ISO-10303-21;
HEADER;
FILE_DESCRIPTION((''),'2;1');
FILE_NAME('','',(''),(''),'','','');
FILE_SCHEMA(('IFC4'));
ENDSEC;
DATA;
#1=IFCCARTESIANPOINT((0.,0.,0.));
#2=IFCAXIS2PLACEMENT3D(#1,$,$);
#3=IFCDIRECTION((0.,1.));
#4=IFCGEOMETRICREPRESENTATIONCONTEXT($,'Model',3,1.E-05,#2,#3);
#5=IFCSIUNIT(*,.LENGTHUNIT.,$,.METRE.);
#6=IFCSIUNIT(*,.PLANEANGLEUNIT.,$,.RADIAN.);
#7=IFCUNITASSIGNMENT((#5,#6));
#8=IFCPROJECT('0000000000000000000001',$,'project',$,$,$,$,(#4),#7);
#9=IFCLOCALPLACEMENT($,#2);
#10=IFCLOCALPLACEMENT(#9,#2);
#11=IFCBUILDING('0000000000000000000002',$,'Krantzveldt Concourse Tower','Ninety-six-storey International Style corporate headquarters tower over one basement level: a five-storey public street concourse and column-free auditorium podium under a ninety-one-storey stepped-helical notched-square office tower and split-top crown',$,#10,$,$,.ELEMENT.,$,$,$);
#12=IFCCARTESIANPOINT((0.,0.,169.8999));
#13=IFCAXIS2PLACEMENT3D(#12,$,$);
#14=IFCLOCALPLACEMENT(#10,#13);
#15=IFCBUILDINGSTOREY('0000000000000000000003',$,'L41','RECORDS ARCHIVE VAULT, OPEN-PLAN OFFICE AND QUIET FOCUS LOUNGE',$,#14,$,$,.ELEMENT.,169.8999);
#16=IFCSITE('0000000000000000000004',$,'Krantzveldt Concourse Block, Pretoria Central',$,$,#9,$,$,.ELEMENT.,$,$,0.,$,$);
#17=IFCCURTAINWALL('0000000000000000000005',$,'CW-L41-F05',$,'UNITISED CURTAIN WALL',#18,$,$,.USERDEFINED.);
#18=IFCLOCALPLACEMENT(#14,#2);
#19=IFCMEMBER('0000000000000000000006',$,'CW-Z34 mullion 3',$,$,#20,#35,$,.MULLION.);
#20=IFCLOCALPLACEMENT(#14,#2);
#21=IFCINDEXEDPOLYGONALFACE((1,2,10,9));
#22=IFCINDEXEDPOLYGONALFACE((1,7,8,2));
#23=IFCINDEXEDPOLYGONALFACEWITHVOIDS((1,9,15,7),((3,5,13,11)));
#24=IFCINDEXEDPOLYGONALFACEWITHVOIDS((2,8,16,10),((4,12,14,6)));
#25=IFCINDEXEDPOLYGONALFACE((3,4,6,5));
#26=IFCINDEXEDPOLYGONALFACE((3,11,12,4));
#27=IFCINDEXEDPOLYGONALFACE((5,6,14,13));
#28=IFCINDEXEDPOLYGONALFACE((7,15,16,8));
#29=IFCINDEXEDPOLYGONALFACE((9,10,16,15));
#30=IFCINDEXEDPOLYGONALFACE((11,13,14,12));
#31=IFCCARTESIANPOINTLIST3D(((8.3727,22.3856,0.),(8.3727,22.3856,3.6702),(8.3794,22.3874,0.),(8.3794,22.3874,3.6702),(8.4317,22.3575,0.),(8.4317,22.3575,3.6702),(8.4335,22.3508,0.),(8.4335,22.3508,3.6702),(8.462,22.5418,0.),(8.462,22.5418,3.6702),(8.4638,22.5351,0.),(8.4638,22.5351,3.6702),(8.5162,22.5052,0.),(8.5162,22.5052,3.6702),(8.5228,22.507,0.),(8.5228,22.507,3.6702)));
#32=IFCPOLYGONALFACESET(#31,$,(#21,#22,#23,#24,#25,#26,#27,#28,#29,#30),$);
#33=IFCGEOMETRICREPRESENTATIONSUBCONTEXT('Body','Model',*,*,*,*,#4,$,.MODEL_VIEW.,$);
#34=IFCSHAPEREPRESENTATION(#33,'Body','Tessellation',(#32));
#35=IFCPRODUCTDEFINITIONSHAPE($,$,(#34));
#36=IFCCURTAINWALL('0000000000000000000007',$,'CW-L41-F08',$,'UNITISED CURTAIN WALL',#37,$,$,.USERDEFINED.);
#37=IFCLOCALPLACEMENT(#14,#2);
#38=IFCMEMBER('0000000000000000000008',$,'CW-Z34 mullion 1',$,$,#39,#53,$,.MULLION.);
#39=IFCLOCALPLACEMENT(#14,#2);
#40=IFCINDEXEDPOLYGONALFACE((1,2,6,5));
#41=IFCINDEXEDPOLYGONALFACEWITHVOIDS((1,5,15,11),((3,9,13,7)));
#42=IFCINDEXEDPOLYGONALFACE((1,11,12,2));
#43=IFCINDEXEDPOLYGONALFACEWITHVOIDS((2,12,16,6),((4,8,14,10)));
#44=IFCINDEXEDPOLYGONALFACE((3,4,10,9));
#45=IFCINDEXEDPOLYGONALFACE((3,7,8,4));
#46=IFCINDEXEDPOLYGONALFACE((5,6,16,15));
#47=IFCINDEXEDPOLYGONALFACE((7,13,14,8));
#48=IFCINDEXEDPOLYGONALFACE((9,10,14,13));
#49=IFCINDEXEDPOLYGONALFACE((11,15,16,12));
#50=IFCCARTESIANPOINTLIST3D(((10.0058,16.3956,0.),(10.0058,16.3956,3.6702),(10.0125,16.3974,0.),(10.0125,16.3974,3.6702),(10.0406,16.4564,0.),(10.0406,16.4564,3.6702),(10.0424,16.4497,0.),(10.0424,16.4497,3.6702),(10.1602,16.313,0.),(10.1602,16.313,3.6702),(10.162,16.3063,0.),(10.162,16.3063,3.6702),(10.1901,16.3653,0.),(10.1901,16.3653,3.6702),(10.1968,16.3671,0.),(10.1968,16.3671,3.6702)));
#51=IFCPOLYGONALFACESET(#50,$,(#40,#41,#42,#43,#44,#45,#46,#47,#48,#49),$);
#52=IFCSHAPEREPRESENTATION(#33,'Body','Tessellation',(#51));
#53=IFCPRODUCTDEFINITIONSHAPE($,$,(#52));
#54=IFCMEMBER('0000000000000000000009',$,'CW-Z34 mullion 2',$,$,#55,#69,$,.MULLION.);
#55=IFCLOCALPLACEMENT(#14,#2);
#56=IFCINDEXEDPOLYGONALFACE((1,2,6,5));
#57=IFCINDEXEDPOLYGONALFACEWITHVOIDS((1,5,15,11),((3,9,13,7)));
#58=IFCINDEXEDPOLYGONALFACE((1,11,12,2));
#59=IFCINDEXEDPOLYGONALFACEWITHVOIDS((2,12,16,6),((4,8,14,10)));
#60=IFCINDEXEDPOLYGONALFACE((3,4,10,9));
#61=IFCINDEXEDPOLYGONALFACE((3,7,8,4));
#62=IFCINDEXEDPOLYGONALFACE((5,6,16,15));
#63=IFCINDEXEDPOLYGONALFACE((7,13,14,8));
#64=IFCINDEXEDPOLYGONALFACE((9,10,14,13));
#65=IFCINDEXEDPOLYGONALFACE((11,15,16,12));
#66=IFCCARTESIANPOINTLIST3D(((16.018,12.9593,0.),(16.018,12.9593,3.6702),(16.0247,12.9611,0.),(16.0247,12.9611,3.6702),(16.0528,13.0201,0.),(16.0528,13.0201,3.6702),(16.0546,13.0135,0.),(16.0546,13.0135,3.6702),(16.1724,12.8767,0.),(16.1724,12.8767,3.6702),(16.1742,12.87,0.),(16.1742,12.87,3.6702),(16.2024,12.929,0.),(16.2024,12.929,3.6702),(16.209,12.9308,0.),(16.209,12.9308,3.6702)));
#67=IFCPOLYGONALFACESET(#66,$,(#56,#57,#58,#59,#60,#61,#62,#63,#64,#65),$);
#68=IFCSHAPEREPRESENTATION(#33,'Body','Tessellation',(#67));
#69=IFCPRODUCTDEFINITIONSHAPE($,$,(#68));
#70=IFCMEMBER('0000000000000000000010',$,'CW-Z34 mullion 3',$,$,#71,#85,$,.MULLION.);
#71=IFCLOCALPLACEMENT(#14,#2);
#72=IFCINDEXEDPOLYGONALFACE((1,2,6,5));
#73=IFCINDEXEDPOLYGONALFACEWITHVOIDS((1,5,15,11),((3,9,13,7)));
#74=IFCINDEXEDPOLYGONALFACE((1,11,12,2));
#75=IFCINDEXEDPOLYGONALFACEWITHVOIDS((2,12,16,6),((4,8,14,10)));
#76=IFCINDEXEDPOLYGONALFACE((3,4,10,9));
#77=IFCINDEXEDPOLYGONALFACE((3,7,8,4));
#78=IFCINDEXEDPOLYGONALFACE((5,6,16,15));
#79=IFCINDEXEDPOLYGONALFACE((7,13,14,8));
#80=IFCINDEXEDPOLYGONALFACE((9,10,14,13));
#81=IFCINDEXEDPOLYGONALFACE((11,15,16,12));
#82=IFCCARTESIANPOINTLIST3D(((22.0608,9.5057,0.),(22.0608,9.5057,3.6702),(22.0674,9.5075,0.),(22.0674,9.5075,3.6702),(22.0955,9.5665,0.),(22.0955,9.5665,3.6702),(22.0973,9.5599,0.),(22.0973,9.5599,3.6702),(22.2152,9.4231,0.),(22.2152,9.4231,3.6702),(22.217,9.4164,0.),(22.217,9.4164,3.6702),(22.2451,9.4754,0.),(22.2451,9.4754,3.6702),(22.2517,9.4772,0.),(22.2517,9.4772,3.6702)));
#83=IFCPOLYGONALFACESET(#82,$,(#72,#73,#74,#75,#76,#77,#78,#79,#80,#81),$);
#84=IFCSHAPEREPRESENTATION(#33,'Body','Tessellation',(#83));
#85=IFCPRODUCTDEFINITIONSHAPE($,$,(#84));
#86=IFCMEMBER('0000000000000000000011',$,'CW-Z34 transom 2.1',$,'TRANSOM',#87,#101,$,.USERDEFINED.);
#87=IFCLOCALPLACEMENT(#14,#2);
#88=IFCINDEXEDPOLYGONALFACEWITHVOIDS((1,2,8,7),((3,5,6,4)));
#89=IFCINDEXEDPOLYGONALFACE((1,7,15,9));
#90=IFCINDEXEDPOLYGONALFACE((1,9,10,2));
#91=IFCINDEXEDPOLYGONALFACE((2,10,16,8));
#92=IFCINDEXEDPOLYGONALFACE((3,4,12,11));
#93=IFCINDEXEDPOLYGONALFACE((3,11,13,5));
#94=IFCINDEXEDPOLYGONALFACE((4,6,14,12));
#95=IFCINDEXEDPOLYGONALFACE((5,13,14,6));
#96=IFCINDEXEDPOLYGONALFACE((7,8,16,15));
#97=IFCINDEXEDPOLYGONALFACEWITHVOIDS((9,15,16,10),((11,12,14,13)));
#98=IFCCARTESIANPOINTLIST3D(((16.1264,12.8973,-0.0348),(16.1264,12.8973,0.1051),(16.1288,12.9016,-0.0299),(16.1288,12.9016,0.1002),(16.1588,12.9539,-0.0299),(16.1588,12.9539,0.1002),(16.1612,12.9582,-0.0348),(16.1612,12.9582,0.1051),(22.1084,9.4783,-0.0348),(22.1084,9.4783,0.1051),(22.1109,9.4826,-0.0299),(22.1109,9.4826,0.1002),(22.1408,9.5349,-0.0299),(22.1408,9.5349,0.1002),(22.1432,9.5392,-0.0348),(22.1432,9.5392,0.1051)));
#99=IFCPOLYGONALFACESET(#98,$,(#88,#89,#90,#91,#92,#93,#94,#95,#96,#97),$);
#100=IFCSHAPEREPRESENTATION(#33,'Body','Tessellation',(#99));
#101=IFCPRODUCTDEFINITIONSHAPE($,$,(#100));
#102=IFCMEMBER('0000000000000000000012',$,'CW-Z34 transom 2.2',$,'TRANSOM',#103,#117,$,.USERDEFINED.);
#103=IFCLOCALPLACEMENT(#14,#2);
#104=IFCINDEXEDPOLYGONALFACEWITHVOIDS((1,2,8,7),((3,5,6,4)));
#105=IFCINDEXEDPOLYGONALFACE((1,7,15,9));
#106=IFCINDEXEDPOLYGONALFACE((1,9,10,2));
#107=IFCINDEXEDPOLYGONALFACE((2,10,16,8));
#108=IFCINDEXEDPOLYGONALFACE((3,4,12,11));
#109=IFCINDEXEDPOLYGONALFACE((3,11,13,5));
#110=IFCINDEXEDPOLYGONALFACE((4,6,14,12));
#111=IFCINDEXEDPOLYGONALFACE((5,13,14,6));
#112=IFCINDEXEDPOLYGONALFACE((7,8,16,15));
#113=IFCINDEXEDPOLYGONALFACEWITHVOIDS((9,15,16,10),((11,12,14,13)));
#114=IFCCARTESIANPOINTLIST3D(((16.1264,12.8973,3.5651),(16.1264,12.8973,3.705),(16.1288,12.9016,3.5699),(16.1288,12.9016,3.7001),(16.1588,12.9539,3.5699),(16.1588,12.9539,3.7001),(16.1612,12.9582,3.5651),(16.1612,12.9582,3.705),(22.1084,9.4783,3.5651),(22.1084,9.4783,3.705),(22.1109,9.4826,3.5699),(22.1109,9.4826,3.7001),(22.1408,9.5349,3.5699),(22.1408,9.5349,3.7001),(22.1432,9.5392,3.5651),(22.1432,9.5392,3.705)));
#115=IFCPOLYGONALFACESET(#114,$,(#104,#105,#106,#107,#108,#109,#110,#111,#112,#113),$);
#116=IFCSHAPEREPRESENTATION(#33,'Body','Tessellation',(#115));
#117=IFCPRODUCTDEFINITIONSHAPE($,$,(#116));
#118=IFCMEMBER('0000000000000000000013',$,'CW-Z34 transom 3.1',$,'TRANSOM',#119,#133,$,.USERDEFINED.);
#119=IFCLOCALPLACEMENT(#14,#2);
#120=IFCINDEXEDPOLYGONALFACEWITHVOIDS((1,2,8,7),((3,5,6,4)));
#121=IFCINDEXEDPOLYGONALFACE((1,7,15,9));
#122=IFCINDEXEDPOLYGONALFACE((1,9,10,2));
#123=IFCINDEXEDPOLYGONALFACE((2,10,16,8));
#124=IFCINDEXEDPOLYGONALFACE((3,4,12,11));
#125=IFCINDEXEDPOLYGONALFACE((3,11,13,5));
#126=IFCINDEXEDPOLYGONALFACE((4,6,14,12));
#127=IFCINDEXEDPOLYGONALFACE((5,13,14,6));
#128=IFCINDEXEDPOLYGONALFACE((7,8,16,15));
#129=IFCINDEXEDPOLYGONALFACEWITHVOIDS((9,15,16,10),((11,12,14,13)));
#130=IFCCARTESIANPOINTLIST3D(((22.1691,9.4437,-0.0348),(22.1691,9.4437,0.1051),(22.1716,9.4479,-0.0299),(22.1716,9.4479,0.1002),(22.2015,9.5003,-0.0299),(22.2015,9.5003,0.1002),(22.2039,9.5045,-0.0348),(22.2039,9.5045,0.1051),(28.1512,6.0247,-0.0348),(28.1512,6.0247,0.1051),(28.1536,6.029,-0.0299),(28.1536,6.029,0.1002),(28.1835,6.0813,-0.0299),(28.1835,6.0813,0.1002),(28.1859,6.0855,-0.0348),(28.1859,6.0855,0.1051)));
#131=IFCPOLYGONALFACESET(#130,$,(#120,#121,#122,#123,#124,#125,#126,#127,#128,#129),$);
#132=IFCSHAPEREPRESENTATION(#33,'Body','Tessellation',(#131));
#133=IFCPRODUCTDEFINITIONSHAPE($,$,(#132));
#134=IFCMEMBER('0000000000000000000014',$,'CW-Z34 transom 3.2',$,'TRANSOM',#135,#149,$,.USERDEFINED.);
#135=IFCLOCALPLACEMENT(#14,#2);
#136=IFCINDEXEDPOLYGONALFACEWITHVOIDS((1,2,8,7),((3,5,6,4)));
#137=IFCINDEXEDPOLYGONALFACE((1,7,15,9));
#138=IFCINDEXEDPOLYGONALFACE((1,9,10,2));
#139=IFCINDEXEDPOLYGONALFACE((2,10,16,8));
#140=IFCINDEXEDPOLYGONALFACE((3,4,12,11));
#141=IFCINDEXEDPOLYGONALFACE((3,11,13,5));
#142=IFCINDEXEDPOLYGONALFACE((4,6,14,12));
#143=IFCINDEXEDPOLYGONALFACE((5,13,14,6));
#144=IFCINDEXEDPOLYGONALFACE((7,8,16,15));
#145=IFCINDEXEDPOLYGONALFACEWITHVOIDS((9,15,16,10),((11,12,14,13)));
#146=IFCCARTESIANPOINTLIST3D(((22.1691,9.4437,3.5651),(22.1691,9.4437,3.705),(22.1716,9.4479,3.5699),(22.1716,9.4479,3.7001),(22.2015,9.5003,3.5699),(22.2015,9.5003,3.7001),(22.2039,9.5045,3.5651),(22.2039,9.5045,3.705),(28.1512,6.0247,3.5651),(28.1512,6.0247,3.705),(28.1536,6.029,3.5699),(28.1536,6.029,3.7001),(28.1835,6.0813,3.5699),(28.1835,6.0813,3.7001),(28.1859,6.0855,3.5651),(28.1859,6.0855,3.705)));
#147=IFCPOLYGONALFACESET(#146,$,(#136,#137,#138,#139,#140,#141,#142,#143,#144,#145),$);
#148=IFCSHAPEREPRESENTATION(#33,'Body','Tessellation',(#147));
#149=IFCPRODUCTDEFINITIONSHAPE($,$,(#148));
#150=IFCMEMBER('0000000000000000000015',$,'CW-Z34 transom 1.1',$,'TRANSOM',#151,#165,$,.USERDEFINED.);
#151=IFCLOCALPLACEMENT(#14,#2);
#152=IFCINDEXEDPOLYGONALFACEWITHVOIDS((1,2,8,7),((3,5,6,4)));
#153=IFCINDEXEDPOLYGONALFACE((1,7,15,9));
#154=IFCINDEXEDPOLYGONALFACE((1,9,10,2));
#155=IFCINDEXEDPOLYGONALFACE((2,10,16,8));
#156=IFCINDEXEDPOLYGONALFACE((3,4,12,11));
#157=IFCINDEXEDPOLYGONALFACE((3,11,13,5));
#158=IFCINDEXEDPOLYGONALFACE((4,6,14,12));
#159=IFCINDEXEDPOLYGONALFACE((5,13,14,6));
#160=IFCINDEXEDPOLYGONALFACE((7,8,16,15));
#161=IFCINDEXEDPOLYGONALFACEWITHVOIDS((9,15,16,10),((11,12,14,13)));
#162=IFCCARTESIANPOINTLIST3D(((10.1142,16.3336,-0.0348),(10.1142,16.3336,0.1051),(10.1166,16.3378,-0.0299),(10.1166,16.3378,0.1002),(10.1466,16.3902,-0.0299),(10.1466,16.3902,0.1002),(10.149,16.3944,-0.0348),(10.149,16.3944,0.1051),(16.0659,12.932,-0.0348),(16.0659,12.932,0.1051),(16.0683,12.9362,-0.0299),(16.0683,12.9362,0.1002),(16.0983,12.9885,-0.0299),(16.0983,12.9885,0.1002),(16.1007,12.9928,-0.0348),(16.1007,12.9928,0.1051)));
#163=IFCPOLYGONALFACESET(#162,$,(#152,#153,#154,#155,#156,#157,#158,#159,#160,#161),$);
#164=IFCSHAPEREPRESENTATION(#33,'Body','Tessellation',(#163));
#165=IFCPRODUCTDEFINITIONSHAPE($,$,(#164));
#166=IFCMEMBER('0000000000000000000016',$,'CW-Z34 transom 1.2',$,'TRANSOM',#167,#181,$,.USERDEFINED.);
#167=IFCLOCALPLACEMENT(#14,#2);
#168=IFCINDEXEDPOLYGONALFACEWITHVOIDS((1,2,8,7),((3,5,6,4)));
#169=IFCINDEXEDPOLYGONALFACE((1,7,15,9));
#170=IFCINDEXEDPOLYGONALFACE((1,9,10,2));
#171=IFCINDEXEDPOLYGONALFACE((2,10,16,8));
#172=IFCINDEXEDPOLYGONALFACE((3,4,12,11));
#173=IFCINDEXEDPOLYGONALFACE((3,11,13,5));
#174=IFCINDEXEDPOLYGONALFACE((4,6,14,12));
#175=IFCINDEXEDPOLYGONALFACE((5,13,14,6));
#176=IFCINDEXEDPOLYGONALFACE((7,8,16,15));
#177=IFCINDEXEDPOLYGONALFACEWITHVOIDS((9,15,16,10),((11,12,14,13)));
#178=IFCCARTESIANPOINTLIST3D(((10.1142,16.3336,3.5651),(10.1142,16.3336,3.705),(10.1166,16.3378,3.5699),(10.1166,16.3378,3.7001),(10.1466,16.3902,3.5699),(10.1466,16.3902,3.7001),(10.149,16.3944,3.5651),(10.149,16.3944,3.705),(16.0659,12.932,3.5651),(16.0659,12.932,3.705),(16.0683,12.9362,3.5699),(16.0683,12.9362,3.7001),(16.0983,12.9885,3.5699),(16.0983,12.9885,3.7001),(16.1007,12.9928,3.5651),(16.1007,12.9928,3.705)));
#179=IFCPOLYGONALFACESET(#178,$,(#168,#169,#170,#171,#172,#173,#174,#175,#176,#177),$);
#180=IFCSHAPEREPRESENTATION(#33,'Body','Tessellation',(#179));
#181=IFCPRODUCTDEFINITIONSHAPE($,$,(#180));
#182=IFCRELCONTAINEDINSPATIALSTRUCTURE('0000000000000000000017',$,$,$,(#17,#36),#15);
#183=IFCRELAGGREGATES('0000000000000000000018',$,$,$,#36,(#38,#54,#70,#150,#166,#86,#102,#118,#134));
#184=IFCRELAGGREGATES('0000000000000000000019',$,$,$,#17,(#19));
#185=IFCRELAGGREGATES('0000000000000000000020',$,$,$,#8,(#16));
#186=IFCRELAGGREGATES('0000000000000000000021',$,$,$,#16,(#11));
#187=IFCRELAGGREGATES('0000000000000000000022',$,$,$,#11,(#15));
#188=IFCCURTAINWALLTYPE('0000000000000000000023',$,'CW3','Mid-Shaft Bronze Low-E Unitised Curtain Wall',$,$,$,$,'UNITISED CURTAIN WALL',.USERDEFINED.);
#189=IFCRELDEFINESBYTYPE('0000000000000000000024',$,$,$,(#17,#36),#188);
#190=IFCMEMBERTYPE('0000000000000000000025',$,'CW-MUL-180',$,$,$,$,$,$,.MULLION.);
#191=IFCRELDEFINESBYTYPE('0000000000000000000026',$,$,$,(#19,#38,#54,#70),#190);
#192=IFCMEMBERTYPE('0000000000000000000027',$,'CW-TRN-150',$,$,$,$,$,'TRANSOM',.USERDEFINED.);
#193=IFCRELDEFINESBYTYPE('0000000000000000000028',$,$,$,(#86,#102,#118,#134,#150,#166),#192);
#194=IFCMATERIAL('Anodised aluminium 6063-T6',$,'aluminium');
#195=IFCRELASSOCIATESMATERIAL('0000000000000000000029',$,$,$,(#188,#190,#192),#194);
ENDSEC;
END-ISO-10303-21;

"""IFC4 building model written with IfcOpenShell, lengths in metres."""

from ifc_helpers import new_model, si_unit, direction, frame, origin, origin_2d, place, context, subcontext, project, spatial, hollow_rectangle, extrude, source, transform, mapped, material, material_profile, profile_set, type_object, type_shapes, element, aggregate, save


model = new_model("IFC4")

# Units and contexts
model_context = context("Model", 3, precision=1e-05, world=origin(), true_north=direction((0.0, 1.0)))
body_context = subcontext(model_context, "Body", "Model", "MODEL_VIEW")
ifc_project = project(units=[si_unit("LENGTHUNIT", "METRE"), si_unit("PLANEANGLEUNIT", "RADIAN")], contexts=[model_context])

# Site, building, storey
site_placement = place(None, origin())
site = spatial("IfcSite", under=ifc_project, at=site_placement, Name="Krantzveldt Concourse Block, Pretoria Central", CompositionType="ELEMENT", RefElevation=0.0)
building_placement = place(site_placement, origin())
building = spatial("IfcBuilding", under=site, at=building_placement, Name="Krantzveldt Concourse Tower", Description="Ninety-six-storey International Style corporate headquarters tower over one basement level: a five-storey public street concourse and column-free auditorium podium under a ninety-one-storey stepped-helical notched-square office tower and split-top crown", CompositionType="ELEMENT")
storey_placement = place(building_placement, frame((0.0, 0.0, 169.8999)))
storey = spatial("IfcBuildingStorey", under=building, at=storey_placement, Name="L41", Description="RECORDS ARCHIVE VAULT, OPEN-PLAN OFFICE AND QUIET FOCUS LOUNGE", CompositionType="ELEMENT", Elevation=169.8999)

# Curtain wall, member
ifc_material_1 = material(Name="Anodised aluminium 6063-T6", Category="aluminium")
curtain_wall_type = type_object("IfcCurtainWallType", Name="CW3", Description="Mid-Shaft Bronze Low-E Unitised Curtain Wall", ElementType="UNITISED CURTAIN WALL", PredefinedType="USERDEFINED", material=ifc_material_1)
curtain_wall_1_placement = place(storey_placement, origin())
curtain_wall_1 = element("IfcCurtainWall", 1, at=curtain_wall_1_placement, inside=storey, type_object=curtain_wall_type, Name="CW-L41-F05", ObjectType="UNITISED CURTAIN WALL", PredefinedType="USERDEFINED")
ifc_material_profile_1 = material_profile(ifc_material_1, hollow_rectangle(XDim=0.0701, YDim=0.1799, WallThickness=0.0049, at=origin_2d()), Name="Anodised aluminium 6063-T6", Category="aluminium")
ifc_profile_set_1 = profile_set([ifc_material_profile_1], Name="Anodised aluminium 6063-T6 - ALU-MULL 180x70x5")
member_type_1 = type_object("IfcMemberType", Name="CW-MUL-180", PredefinedType="MULLION", material=ifc_profile_set_1)
shared_shape_1 = source(origin(), body_context, "Body", "SweptSolid", [
    extrude(hollow_rectangle(XDim=0.0701, YDim=0.1799, WallThickness=0.0049, at=origin_2d()), origin(), (0.0, 0.0, 1.0), 3.6702),
])
type_shapes(member_type_1, [shared_shape_1])
member_1_placement = place(storey_placement, frame((8.4478, 22.4463, 0.0), z_axis=(0.0, 0.0, 1.0), x_axis=(0.868199, -0.496216, 0.0)))
member_1 = element("IfcMember", 2, at=member_1_placement, type_object=member_type_1, Name="CW-Z34 mullion 3", PredefinedType="MULLION", context=body_context, shape_type="MappedRepresentation", body=[
    mapped(shared_shape_1, transform((0.0, 0.0, 0.0), x_axis=(1.0, 0.0, 0.0), y_axis=(0.0, 1.0, 0.0), z_axis=(0.0, 0.0, 1.0), scale=1.0)),
])

# Curtain wall, members
curtain_wall_2_placement = place(storey_placement, origin())
curtain_wall_2 = element("IfcCurtainWall", 3, at=curtain_wall_2_placement, inside=storey, type_object=curtain_wall_type, Name="CW-L41-F08", ObjectType="UNITISED CURTAIN WALL", PredefinedType="USERDEFINED")
member_2_placement = place(storey_placement, frame((10.1013, 16.3813, 0.0), z_axis=(0.0, 0.0, 1.0), x_axis=(0.496216, 0.868199, 0.0)))
member_2 = element("IfcMember", 4, at=member_2_placement, type_object=member_type_1, Name="CW-Z34 mullion 1", PredefinedType="MULLION", context=body_context, shape_type="MappedRepresentation", body=[
    mapped(shared_shape_1, transform((0.0, 0.0, 0.0), x_axis=(1.0, 0.0, 0.0), y_axis=(0.0, 1.0, 0.0), z_axis=(0.0, 0.0, 1.0), scale=1.0)),
])
member_3_placement = place(storey_placement, frame((16.1135, 12.9451, 0.0), z_axis=(0.0, 0.0, 1.0), x_axis=(0.496216, 0.868199, 0.0)))
member_3 = element("IfcMember", 5, at=member_3_placement, type_object=member_type_1, Name="CW-Z34 mullion 2", PredefinedType="MULLION", context=body_context, shape_type="MappedRepresentation", body=[
    mapped(shared_shape_1, transform((0.0, 0.0, 0.0), x_axis=(1.0, 0.0, 0.0), y_axis=(0.0, 1.0, 0.0), z_axis=(0.0, 0.0, 1.0), scale=1.0)),
])
member_4_placement = place(storey_placement, frame((22.1562, 9.4915, 0.0), z_axis=(0.0, 0.0, 1.0), x_axis=(0.496216, 0.868199, 0.0)))
member_4 = element("IfcMember", 6, at=member_4_placement, type_object=member_type_1, Name="CW-Z34 mullion 3", PredefinedType="MULLION", context=body_context, shape_type="MappedRepresentation", body=[
    mapped(shared_shape_1, transform((0.0, 0.0, 0.0), x_axis=(1.0, 0.0, 0.0), y_axis=(0.0, 1.0, 0.0), z_axis=(0.0, 0.0, 1.0), scale=1.0)),
])
ifc_material_profile_2 = material_profile(ifc_material_1, hollow_rectangle(XDim=0.0701, YDim=0.1399, WallThickness=0.0049, at=origin_2d()), Name="Anodised aluminium 6063-T6", Category="aluminium")
ifc_profile_set_2 = profile_set([ifc_material_profile_2], Name="Anodised aluminium 6063-T6 - ALU-TRAN 140x70x5")
member_type_2 = type_object("IfcMemberType", Name="CW-TRN-150", ElementType="TRANSOM", PredefinedType="USERDEFINED", material=ifc_profile_set_2)
shared_shape_2 = source(origin(), body_context, "Body", "SweptSolid", [
    extrude(hollow_rectangle(XDim=0.0701, YDim=0.1399, WallThickness=0.0049, at=origin_2d()), origin(), (0.0, 0.0, 1.0), 6.8901),
])
member_5_placement = place(storey_placement, frame((16.1438, 12.9277, 0.0352), z_axis=(0.8682, -0.496215, 0.0), x_axis=(0.496215, 0.8682, 0.0)))
member_5 = element("IfcMember", 7, at=member_5_placement, type_object=member_type_2, Name="CW-Z34 transom 2.1", ObjectType="TRANSOM", PredefinedType="USERDEFINED", context=body_context, shape_type="MappedRepresentation", body=[
    mapped(shared_shape_2, transform((0.0, 0.0, 0.0), x_axis=(1.0, 0.0, 0.0), y_axis=(0.0, 1.0, 0.0), z_axis=(0.0, 0.0, 1.0), scale=1.0)),
])
member_6_placement = place(storey_placement, frame((16.1438, 12.9277, 3.635), z_axis=(0.8682, -0.496215, 0.0), x_axis=(0.496215, 0.8682, 0.0)))
member_6 = element("IfcMember", 8, at=member_6_placement, type_object=member_type_2, Name="CW-Z34 transom 2.2", ObjectType="TRANSOM", PredefinedType="USERDEFINED", context=body_context, shape_type="MappedRepresentation", body=[
    mapped(shared_shape_2, transform((0.0, 0.0, 0.0), x_axis=(1.0, 0.0, 0.0), y_axis=(0.0, 1.0, 0.0), z_axis=(0.0, 0.0, 1.0), scale=1.0)),
])
member_7_placement = place(storey_placement, frame((22.1865, 9.4741, 0.0352), z_axis=(0.8682, -0.496215, 0.0), x_axis=(0.496215, 0.8682, 0.0)))
member_7 = element("IfcMember", 9, at=member_7_placement, type_object=member_type_2, Name="CW-Z34 transom 3.1", ObjectType="TRANSOM", PredefinedType="USERDEFINED", context=body_context, shape_type="MappedRepresentation", body=[
    mapped(shared_shape_2, transform((0.0, 0.0, 0.0), x_axis=(1.0, 0.0, 0.0), y_axis=(0.0, 1.0, 0.0), z_axis=(0.0, 0.0, 1.0), scale=1.0)),
])
member_8_placement = place(storey_placement, frame((22.1865, 9.4741, 3.635), z_axis=(0.8682, -0.496215, 0.0), x_axis=(0.496215, 0.8682, 0.0)))
member_8 = element("IfcMember", 10, at=member_8_placement, type_object=member_type_2, Name="CW-Z34 transom 3.2", ObjectType="TRANSOM", PredefinedType="USERDEFINED", context=body_context, shape_type="MappedRepresentation", body=[
    mapped(shared_shape_2, transform((0.0, 0.0, 0.0), x_axis=(1.0, 0.0, 0.0), y_axis=(0.0, 1.0, 0.0), z_axis=(0.0, 0.0, 1.0), scale=1.0)),
])
shared_shape_3 = source(origin(), body_context, "Body", "SweptSolid", [
    extrude(hollow_rectangle(XDim=0.0701, YDim=0.1399, WallThickness=0.0049, at=origin_2d()), origin(), (0.0, 0.0, 1.0), 6.8552),
])
type_shapes(member_type_2, [shared_shape_2, shared_shape_3])
member_9_placement = place(storey_placement, frame((10.1316, 16.364, 0.0352), z_axis=(0.868201, -0.496212, 0.0), x_axis=(0.496212, 0.868201, 0.0)))
member_9 = element("IfcMember", 11, at=member_9_placement, type_object=member_type_2, Name="CW-Z34 transom 1.1", ObjectType="TRANSOM", PredefinedType="USERDEFINED", context=body_context, shape_type="MappedRepresentation", body=[
    mapped(shared_shape_3, transform((0.0, 0.0, 0.0), x_axis=(1.0, 0.0, 0.0), y_axis=(0.0, 1.0, 0.0), z_axis=(0.0, 0.0, 1.0), scale=1.0)),
])
member_10_placement = place(storey_placement, frame((10.1316, 16.364, 3.635), z_axis=(0.868201, -0.496212, 0.0), x_axis=(0.496212, 0.868201, 0.0)))
member_10 = element("IfcMember", 12, at=member_10_placement, type_object=member_type_2, Name="CW-Z34 transom 1.2", ObjectType="TRANSOM", PredefinedType="USERDEFINED", context=body_context, shape_type="MappedRepresentation", body=[
    mapped(shared_shape_3, transform((0.0, 0.0, 0.0), x_axis=(1.0, 0.0, 0.0), y_axis=(0.0, 1.0, 0.0), z_axis=(0.0, 0.0, 1.0), scale=1.0)),
])

aggregate(curtain_wall_2, [member_2, member_3, member_4, member_9, member_10, member_5, member_6, member_7, member_8])
aggregate(curtain_wall_1, [member_1])

save(model, "model.ifc")
